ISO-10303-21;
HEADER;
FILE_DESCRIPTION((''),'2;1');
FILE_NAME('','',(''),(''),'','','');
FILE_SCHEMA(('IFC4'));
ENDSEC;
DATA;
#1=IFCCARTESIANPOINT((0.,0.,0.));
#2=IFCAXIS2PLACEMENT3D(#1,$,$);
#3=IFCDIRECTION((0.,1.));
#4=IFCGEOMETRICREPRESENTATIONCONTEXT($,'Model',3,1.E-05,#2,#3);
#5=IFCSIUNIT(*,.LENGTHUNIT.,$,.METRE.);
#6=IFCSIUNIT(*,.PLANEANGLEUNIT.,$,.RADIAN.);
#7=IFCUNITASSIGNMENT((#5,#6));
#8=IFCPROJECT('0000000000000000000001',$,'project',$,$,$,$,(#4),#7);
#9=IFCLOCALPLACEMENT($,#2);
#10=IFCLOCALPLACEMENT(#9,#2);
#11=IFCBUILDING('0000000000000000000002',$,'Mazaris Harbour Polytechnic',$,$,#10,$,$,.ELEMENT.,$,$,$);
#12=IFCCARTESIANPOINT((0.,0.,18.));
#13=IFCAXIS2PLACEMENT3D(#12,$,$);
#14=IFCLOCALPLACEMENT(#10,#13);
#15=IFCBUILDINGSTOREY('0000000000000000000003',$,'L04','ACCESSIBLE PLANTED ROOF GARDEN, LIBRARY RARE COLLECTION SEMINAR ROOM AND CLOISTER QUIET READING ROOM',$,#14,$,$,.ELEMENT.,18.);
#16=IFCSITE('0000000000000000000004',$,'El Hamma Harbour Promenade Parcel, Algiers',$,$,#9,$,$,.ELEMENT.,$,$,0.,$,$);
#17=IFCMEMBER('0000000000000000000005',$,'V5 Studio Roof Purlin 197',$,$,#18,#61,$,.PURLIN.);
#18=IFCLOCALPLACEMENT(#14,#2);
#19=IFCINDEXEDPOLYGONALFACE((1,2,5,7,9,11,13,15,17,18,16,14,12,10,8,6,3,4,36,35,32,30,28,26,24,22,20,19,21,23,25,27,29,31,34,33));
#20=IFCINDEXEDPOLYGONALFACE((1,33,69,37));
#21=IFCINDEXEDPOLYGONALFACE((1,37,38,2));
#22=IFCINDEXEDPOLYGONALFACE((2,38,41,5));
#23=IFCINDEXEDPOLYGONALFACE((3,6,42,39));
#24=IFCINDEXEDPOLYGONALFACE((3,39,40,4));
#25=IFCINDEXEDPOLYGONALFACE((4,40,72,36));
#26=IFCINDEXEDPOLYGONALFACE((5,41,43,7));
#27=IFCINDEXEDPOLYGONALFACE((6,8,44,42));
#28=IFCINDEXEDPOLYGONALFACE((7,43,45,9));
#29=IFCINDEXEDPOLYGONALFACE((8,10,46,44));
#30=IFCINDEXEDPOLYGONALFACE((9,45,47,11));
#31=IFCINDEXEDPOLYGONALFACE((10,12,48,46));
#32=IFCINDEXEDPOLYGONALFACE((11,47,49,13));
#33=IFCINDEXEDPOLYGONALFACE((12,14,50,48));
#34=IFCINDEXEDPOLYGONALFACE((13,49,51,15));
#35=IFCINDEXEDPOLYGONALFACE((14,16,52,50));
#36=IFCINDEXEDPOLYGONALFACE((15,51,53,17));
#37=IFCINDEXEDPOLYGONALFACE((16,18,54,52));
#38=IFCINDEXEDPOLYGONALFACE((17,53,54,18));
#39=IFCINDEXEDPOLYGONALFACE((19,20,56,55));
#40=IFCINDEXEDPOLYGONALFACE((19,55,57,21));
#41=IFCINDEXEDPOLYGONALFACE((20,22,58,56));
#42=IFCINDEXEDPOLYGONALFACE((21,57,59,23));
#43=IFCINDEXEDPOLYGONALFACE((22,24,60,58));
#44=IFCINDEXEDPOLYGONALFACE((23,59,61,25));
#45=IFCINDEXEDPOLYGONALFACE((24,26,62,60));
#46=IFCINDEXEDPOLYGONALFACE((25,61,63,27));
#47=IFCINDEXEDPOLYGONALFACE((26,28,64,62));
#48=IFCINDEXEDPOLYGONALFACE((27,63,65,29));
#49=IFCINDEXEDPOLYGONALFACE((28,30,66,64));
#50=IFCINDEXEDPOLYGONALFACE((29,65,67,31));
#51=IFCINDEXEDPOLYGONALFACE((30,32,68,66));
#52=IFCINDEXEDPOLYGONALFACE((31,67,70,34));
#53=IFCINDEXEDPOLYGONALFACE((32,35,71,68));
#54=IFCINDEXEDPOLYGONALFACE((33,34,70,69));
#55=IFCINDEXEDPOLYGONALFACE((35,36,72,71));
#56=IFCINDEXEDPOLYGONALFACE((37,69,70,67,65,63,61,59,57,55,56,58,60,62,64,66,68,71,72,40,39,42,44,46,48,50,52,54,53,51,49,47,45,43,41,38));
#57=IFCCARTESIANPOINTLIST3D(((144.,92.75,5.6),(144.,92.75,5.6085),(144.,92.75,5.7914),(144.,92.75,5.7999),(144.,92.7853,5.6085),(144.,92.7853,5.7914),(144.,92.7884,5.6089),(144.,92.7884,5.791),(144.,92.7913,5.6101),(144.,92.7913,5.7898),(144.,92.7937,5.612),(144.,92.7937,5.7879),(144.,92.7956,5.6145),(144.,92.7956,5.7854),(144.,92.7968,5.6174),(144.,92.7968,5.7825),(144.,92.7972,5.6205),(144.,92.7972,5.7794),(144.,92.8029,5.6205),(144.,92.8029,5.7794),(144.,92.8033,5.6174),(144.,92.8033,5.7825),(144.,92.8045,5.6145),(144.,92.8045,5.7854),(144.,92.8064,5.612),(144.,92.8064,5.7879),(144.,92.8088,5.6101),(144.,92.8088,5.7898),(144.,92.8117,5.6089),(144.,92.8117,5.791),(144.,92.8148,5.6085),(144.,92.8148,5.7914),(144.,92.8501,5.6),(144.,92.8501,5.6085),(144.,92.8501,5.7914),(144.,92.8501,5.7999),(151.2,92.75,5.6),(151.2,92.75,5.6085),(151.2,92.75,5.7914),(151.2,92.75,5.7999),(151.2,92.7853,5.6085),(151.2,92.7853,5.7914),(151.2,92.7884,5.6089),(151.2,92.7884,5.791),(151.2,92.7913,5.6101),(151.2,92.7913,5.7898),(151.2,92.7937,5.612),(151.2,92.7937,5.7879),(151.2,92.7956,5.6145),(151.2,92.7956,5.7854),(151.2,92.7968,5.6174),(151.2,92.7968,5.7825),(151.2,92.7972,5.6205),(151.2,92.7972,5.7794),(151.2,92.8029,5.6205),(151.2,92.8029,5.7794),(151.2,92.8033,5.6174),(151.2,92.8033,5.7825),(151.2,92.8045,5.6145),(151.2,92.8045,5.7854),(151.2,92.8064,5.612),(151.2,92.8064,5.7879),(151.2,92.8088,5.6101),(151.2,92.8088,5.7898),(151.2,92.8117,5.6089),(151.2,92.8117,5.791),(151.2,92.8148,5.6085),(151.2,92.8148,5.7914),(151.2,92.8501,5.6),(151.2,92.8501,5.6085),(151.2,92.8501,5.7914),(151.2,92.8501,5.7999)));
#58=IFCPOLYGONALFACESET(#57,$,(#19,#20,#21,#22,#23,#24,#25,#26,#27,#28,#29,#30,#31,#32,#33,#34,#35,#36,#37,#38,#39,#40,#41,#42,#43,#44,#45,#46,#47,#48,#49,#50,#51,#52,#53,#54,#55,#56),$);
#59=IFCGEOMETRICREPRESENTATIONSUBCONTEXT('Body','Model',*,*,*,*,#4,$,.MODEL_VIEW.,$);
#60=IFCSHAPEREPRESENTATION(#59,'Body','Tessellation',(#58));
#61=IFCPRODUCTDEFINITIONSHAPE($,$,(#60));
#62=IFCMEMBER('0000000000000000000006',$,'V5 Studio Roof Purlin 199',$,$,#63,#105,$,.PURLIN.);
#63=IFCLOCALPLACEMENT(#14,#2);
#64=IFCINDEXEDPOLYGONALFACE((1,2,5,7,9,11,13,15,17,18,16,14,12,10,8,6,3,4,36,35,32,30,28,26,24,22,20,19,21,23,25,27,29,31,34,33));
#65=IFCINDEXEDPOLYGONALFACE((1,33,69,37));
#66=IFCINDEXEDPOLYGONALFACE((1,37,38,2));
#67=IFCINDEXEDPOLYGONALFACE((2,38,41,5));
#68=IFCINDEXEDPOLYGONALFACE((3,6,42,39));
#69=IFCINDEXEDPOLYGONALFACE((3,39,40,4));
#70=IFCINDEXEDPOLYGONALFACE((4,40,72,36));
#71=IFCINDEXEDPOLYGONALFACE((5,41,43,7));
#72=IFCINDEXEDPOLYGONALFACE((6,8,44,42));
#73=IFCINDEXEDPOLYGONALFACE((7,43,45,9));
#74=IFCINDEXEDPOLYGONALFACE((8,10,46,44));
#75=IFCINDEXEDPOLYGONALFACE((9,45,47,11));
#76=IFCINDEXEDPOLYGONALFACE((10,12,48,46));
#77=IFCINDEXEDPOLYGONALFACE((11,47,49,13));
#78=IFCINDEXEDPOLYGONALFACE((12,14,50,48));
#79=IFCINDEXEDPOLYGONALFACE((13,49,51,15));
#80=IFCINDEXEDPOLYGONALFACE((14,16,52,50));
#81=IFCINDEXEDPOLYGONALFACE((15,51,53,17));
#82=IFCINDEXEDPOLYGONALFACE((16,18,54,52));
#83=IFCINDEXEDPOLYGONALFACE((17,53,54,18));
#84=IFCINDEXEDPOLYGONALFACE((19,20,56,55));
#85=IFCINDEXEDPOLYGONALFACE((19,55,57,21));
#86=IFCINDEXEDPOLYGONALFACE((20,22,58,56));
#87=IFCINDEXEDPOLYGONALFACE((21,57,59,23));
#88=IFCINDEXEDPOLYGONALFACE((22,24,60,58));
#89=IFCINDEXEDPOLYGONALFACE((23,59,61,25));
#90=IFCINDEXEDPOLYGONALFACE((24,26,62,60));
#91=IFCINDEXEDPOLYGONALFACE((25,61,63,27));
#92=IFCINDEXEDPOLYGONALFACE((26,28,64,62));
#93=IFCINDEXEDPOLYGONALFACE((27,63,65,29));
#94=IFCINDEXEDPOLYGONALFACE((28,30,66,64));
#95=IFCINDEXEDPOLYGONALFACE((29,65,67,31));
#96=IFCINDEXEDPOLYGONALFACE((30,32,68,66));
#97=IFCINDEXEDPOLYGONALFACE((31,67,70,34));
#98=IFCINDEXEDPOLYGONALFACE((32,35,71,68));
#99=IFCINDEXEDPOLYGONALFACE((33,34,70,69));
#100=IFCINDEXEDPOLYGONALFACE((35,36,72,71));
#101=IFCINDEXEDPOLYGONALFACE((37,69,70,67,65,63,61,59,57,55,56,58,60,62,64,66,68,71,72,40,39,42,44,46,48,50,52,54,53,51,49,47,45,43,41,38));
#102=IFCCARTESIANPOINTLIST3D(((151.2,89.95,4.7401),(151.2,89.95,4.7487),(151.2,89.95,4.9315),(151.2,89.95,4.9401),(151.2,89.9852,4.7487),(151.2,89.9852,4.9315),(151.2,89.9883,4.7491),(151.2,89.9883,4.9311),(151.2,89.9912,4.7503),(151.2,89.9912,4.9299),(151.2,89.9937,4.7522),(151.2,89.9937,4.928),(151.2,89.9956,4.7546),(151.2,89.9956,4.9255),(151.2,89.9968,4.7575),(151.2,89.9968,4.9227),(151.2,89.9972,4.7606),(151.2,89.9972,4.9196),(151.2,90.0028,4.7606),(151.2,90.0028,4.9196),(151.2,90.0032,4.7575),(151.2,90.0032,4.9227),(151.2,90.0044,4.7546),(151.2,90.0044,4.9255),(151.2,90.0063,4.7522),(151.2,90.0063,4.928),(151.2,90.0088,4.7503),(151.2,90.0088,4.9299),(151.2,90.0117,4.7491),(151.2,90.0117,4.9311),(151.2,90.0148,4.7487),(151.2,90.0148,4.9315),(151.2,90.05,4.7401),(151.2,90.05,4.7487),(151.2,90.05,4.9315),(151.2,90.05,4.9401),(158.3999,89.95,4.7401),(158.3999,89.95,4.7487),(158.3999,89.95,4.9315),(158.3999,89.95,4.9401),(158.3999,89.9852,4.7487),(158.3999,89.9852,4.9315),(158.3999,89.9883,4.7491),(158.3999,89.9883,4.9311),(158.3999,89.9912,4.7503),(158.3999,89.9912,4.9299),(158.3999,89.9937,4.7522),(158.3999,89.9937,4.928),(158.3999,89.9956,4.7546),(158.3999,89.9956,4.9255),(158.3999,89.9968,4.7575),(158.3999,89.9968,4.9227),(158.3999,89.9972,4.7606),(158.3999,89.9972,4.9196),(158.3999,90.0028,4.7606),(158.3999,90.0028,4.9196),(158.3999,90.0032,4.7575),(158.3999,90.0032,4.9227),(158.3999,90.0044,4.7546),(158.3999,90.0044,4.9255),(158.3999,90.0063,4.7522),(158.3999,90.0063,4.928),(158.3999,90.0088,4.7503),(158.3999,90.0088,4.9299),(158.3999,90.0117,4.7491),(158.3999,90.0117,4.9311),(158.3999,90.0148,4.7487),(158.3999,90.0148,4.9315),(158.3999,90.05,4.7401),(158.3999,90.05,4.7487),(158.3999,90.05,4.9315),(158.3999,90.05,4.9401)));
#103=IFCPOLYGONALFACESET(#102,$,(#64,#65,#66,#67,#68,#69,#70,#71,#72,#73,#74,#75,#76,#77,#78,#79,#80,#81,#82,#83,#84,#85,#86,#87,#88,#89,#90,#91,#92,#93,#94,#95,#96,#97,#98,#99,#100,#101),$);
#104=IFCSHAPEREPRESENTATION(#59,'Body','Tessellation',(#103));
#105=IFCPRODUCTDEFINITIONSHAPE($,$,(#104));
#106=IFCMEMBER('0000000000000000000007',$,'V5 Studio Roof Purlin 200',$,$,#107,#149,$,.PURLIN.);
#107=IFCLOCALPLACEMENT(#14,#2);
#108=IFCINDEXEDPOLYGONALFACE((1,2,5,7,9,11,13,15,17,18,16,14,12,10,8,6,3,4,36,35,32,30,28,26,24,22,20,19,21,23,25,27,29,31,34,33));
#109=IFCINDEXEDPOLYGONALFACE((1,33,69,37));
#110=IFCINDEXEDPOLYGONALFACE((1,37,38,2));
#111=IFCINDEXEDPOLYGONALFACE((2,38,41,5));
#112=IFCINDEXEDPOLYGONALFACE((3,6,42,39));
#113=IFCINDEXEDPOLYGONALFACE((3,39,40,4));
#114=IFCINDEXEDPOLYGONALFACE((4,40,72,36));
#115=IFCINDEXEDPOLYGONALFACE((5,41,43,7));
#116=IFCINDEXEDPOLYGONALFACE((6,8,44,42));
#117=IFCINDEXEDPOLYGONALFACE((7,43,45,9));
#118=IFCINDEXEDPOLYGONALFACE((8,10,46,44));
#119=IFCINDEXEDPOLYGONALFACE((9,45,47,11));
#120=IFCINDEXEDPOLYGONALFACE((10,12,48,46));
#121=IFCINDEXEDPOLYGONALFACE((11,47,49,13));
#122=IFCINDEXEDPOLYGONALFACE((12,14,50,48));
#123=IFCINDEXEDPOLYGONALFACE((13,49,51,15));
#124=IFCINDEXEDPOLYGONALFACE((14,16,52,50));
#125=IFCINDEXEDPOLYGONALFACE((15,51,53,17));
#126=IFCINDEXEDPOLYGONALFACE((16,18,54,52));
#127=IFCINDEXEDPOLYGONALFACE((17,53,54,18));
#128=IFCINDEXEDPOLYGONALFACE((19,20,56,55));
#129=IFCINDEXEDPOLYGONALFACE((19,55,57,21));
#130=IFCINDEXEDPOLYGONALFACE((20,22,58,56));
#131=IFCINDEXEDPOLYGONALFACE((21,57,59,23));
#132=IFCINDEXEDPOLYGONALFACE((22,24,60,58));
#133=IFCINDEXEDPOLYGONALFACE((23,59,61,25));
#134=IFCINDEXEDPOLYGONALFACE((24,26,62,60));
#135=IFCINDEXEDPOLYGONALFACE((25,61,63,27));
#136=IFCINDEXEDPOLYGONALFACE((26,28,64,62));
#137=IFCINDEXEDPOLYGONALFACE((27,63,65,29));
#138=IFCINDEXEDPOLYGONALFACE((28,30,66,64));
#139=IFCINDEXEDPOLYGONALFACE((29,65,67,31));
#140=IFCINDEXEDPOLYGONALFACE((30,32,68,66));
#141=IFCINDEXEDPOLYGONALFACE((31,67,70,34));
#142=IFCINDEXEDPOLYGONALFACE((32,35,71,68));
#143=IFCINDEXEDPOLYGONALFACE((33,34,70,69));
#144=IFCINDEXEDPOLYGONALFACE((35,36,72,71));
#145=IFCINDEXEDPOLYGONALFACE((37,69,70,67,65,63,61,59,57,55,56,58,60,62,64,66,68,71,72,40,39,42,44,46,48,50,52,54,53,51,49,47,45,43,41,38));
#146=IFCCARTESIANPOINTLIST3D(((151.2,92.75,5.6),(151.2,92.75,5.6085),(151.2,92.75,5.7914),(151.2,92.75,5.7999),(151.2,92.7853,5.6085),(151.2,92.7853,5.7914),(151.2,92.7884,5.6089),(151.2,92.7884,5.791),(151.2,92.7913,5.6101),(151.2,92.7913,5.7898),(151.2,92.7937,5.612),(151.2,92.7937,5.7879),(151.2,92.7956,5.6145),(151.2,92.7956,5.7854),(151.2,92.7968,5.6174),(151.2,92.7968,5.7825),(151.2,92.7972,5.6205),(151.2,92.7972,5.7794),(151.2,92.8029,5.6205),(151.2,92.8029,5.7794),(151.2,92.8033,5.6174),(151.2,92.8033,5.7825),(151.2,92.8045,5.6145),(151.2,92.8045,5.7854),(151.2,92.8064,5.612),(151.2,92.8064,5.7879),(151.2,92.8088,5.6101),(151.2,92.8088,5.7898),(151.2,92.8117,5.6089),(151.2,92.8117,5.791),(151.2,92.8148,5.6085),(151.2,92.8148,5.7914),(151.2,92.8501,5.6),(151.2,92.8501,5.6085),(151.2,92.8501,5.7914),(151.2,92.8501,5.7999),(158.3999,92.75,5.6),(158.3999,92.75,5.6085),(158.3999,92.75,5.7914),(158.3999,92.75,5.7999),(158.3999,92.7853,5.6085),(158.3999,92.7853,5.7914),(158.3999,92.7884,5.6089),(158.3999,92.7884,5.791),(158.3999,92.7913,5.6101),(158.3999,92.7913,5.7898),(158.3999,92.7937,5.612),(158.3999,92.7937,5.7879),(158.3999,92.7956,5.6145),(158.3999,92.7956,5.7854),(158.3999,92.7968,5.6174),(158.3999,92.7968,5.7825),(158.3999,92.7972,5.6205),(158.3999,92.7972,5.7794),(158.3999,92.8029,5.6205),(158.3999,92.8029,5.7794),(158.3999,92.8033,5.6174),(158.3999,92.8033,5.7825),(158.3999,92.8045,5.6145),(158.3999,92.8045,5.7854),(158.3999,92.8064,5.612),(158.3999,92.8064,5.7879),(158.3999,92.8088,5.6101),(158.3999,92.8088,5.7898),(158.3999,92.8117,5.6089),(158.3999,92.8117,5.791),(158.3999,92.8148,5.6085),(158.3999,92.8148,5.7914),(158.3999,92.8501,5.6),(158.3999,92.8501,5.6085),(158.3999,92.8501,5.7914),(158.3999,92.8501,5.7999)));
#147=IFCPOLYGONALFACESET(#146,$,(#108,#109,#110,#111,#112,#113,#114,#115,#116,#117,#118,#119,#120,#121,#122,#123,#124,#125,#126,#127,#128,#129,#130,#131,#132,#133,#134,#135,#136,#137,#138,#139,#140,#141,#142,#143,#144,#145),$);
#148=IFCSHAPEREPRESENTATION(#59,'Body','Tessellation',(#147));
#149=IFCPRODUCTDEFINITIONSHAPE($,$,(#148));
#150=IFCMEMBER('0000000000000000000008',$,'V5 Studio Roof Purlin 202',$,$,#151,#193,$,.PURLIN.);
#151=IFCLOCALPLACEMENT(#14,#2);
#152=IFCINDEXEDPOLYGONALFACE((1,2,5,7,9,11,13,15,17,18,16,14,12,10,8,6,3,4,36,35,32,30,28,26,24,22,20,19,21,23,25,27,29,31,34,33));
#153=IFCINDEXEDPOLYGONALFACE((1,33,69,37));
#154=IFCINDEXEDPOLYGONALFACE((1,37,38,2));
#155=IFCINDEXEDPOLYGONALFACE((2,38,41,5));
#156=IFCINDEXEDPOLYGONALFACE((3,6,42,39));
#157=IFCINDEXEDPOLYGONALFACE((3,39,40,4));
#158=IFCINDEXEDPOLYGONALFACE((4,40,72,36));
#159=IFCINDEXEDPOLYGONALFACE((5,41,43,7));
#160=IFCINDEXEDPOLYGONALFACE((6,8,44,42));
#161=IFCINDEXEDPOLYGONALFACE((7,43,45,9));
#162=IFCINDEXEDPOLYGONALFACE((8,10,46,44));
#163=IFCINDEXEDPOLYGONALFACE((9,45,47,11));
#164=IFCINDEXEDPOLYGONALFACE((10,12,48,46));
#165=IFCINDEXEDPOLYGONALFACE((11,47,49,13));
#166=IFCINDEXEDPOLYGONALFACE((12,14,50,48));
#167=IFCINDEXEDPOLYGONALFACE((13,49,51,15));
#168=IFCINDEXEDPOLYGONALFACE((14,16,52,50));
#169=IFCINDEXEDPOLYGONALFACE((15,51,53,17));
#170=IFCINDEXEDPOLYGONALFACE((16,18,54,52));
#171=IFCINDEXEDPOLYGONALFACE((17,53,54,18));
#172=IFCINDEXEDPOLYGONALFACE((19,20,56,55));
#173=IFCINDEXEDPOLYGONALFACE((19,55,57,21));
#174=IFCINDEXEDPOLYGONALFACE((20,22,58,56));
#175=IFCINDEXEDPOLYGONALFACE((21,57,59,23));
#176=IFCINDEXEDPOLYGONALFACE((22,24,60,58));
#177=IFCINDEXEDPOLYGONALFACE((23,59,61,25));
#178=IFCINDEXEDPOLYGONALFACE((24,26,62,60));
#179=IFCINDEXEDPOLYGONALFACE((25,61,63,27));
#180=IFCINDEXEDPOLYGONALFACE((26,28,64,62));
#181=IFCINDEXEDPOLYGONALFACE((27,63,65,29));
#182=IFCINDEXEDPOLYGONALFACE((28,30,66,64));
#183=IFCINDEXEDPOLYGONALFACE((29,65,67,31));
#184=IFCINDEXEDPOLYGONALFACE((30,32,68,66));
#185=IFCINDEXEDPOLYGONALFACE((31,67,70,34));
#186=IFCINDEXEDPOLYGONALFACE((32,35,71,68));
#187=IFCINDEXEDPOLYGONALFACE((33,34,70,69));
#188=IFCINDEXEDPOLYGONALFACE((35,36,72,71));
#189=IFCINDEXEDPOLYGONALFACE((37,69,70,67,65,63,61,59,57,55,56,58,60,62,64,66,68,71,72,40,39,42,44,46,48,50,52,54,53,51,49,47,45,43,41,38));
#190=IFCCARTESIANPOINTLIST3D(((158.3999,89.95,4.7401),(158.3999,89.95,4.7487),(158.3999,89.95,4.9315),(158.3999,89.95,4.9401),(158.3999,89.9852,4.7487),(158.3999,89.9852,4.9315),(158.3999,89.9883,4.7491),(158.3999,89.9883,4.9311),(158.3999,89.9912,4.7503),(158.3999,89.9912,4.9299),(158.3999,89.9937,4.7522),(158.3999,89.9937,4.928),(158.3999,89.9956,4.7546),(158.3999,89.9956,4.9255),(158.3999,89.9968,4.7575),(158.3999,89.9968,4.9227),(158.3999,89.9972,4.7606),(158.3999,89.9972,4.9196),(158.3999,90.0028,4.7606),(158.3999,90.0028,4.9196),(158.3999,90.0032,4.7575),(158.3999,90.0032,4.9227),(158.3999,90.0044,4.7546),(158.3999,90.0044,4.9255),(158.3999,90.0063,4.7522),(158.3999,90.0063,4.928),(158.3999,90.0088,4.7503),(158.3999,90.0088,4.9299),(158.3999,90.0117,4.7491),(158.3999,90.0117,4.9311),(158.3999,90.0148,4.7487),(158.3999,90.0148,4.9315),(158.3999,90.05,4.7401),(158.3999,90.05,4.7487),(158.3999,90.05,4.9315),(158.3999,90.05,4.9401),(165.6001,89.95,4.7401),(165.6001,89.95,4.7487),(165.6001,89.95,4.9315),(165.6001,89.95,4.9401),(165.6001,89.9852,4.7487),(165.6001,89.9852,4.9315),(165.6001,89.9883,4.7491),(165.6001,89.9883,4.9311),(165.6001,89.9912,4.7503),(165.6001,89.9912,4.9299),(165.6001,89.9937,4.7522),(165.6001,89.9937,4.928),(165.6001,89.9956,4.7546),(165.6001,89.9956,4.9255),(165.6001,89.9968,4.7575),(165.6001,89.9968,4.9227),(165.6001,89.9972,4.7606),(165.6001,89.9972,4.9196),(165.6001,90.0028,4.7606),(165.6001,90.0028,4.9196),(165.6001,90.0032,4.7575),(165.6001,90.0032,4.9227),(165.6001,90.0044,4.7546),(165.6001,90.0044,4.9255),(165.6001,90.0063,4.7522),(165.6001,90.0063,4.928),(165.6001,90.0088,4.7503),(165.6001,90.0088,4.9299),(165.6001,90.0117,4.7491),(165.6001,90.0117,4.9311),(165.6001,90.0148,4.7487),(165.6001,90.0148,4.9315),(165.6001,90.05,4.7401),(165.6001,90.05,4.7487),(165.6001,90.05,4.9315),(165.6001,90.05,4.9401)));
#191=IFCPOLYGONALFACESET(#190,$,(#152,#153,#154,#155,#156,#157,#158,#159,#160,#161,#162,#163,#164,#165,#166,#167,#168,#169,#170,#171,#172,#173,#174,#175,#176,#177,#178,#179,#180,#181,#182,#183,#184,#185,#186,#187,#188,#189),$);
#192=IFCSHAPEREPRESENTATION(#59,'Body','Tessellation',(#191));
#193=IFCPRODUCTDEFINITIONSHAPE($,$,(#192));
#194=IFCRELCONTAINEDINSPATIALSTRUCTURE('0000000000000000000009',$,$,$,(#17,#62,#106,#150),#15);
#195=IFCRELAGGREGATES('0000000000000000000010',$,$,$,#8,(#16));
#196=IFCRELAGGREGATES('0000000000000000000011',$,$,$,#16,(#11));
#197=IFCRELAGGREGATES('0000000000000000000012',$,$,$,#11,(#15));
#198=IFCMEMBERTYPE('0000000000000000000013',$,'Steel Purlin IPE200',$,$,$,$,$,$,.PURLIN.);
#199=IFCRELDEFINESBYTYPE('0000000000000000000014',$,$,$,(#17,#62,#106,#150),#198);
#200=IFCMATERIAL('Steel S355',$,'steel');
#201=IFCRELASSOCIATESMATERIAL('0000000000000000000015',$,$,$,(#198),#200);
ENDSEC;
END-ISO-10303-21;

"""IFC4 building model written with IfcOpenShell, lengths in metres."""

from ifc_helpers import new_model, si_unit, direction, frame, origin, origin_2d, place, context, subcontext, project, spatial, i_section, extrude, material, material_profile, profile_set, type_object, element, save


model = new_model("IFC4")

# Units and contexts
model_context = context("Model", 3, precision=1e-05, world=origin(), true_north=direction((0.0, 1.0)))
body_context = subcontext(model_context, "Body", "Model", "MODEL_VIEW")
ifc_project = project(units=[si_unit("LENGTHUNIT", "METRE"), si_unit("PLANEANGLEUNIT", "RADIAN")], contexts=[model_context])

# Site, building, storey
site_placement = place(None, origin())
site = spatial("IfcSite", under=ifc_project, at=site_placement, Name="El Hamma Harbour Promenade Parcel, Algiers", CompositionType="ELEMENT", RefElevation=0.0)
building_placement = place(site_placement, origin())
building = spatial("IfcBuilding", under=site, at=building_placement, Name="Mazaris Harbour Polytechnic", CompositionType="ELEMENT")
storey_placement = place(building_placement, frame((0.0, 0.0, 18.0)))
storey = spatial("IfcBuildingStorey", under=building, at=storey_placement, Name="L04", Description="ACCESSIBLE PLANTED ROOF GARDEN, LIBRARY RARE COLLECTION SEMINAR ROOM AND CLOISTER QUIET READING ROOM", CompositionType="ELEMENT", Elevation=18.0)

# Members
ifc_material_1 = material(Name="Steel S355", Category="steel")
ifc_material_profile_1 = material_profile(ifc_material_1, i_section(OverallWidth=0.1001, OverallDepth=0.2, WebThickness=0.0056, FlangeThickness=0.0085, FilletRadius=0.012, at=origin_2d()), Name="IPE 200")
ifc_profile_set_1 = profile_set([ifc_material_profile_1], Name="Steel S355")
member_type_1 = type_object("IfcMemberType", Name="Steel Purlin IPE200", PredefinedType="PURLIN", material=ifc_profile_set_1)
for number, where, z_axis, x_axis, name in (
    (1, (144.0, 92.8, 5.7), (1.0, 0.0, 0.0), (0.0, 1.0, 0.0), "V5 Studio Roof Purlin 197"),
    (2, (151.2, 90.0, 4.8401), (1.0, 0.0, 0.0), (0.0, 1.0, 0.0), "V5 Studio Roof Purlin 199"),
    (3, (151.2, 92.8, 5.7), (1.0, 0.0, 0.0), (0.0, 1.0, 0.0), "V5 Studio Roof Purlin 200"),
):
    element("IfcMember", number, at=place(storey_placement, frame(where, z_axis=z_axis, x_axis=x_axis)), inside=storey, type_object=member_type_1, Name=name, PredefinedType="PURLIN", context=body_context, shape_type="SweptSolid", body=[
        extrude(i_section(OverallWidth=0.1001, OverallDepth=0.2, WebThickness=0.0056, FlangeThickness=0.0085, FilletRadius=0.012, at=origin_2d()), origin(), (0.0, 0.0, 1.0), 7.2),
    ])
for number, where, z_axis, x_axis, name in (
    (4, (158.3999, 90.0, 4.8401), (1.0, 0.0, 0.0), (0.0, 1.0, 0.0), "V5 Studio Roof Purlin 202"),
):
    element("IfcMember", number, at=place(storey_placement, frame(where, z_axis=z_axis, x_axis=x_axis)), inside=storey, type_object=member_type_1, Name=name, PredefinedType="PURLIN", context=body_context, shape_type="SweptSolid", body=[
        extrude(i_section(OverallWidth=0.1001, OverallDepth=0.2, WebThickness=0.0056, FlangeThickness=0.0085, FilletRadius=0.012, at=origin_2d()), origin(), (0.0, 0.0, 1.0), 7.2002),
    ])

save(model, "model.ifc")
